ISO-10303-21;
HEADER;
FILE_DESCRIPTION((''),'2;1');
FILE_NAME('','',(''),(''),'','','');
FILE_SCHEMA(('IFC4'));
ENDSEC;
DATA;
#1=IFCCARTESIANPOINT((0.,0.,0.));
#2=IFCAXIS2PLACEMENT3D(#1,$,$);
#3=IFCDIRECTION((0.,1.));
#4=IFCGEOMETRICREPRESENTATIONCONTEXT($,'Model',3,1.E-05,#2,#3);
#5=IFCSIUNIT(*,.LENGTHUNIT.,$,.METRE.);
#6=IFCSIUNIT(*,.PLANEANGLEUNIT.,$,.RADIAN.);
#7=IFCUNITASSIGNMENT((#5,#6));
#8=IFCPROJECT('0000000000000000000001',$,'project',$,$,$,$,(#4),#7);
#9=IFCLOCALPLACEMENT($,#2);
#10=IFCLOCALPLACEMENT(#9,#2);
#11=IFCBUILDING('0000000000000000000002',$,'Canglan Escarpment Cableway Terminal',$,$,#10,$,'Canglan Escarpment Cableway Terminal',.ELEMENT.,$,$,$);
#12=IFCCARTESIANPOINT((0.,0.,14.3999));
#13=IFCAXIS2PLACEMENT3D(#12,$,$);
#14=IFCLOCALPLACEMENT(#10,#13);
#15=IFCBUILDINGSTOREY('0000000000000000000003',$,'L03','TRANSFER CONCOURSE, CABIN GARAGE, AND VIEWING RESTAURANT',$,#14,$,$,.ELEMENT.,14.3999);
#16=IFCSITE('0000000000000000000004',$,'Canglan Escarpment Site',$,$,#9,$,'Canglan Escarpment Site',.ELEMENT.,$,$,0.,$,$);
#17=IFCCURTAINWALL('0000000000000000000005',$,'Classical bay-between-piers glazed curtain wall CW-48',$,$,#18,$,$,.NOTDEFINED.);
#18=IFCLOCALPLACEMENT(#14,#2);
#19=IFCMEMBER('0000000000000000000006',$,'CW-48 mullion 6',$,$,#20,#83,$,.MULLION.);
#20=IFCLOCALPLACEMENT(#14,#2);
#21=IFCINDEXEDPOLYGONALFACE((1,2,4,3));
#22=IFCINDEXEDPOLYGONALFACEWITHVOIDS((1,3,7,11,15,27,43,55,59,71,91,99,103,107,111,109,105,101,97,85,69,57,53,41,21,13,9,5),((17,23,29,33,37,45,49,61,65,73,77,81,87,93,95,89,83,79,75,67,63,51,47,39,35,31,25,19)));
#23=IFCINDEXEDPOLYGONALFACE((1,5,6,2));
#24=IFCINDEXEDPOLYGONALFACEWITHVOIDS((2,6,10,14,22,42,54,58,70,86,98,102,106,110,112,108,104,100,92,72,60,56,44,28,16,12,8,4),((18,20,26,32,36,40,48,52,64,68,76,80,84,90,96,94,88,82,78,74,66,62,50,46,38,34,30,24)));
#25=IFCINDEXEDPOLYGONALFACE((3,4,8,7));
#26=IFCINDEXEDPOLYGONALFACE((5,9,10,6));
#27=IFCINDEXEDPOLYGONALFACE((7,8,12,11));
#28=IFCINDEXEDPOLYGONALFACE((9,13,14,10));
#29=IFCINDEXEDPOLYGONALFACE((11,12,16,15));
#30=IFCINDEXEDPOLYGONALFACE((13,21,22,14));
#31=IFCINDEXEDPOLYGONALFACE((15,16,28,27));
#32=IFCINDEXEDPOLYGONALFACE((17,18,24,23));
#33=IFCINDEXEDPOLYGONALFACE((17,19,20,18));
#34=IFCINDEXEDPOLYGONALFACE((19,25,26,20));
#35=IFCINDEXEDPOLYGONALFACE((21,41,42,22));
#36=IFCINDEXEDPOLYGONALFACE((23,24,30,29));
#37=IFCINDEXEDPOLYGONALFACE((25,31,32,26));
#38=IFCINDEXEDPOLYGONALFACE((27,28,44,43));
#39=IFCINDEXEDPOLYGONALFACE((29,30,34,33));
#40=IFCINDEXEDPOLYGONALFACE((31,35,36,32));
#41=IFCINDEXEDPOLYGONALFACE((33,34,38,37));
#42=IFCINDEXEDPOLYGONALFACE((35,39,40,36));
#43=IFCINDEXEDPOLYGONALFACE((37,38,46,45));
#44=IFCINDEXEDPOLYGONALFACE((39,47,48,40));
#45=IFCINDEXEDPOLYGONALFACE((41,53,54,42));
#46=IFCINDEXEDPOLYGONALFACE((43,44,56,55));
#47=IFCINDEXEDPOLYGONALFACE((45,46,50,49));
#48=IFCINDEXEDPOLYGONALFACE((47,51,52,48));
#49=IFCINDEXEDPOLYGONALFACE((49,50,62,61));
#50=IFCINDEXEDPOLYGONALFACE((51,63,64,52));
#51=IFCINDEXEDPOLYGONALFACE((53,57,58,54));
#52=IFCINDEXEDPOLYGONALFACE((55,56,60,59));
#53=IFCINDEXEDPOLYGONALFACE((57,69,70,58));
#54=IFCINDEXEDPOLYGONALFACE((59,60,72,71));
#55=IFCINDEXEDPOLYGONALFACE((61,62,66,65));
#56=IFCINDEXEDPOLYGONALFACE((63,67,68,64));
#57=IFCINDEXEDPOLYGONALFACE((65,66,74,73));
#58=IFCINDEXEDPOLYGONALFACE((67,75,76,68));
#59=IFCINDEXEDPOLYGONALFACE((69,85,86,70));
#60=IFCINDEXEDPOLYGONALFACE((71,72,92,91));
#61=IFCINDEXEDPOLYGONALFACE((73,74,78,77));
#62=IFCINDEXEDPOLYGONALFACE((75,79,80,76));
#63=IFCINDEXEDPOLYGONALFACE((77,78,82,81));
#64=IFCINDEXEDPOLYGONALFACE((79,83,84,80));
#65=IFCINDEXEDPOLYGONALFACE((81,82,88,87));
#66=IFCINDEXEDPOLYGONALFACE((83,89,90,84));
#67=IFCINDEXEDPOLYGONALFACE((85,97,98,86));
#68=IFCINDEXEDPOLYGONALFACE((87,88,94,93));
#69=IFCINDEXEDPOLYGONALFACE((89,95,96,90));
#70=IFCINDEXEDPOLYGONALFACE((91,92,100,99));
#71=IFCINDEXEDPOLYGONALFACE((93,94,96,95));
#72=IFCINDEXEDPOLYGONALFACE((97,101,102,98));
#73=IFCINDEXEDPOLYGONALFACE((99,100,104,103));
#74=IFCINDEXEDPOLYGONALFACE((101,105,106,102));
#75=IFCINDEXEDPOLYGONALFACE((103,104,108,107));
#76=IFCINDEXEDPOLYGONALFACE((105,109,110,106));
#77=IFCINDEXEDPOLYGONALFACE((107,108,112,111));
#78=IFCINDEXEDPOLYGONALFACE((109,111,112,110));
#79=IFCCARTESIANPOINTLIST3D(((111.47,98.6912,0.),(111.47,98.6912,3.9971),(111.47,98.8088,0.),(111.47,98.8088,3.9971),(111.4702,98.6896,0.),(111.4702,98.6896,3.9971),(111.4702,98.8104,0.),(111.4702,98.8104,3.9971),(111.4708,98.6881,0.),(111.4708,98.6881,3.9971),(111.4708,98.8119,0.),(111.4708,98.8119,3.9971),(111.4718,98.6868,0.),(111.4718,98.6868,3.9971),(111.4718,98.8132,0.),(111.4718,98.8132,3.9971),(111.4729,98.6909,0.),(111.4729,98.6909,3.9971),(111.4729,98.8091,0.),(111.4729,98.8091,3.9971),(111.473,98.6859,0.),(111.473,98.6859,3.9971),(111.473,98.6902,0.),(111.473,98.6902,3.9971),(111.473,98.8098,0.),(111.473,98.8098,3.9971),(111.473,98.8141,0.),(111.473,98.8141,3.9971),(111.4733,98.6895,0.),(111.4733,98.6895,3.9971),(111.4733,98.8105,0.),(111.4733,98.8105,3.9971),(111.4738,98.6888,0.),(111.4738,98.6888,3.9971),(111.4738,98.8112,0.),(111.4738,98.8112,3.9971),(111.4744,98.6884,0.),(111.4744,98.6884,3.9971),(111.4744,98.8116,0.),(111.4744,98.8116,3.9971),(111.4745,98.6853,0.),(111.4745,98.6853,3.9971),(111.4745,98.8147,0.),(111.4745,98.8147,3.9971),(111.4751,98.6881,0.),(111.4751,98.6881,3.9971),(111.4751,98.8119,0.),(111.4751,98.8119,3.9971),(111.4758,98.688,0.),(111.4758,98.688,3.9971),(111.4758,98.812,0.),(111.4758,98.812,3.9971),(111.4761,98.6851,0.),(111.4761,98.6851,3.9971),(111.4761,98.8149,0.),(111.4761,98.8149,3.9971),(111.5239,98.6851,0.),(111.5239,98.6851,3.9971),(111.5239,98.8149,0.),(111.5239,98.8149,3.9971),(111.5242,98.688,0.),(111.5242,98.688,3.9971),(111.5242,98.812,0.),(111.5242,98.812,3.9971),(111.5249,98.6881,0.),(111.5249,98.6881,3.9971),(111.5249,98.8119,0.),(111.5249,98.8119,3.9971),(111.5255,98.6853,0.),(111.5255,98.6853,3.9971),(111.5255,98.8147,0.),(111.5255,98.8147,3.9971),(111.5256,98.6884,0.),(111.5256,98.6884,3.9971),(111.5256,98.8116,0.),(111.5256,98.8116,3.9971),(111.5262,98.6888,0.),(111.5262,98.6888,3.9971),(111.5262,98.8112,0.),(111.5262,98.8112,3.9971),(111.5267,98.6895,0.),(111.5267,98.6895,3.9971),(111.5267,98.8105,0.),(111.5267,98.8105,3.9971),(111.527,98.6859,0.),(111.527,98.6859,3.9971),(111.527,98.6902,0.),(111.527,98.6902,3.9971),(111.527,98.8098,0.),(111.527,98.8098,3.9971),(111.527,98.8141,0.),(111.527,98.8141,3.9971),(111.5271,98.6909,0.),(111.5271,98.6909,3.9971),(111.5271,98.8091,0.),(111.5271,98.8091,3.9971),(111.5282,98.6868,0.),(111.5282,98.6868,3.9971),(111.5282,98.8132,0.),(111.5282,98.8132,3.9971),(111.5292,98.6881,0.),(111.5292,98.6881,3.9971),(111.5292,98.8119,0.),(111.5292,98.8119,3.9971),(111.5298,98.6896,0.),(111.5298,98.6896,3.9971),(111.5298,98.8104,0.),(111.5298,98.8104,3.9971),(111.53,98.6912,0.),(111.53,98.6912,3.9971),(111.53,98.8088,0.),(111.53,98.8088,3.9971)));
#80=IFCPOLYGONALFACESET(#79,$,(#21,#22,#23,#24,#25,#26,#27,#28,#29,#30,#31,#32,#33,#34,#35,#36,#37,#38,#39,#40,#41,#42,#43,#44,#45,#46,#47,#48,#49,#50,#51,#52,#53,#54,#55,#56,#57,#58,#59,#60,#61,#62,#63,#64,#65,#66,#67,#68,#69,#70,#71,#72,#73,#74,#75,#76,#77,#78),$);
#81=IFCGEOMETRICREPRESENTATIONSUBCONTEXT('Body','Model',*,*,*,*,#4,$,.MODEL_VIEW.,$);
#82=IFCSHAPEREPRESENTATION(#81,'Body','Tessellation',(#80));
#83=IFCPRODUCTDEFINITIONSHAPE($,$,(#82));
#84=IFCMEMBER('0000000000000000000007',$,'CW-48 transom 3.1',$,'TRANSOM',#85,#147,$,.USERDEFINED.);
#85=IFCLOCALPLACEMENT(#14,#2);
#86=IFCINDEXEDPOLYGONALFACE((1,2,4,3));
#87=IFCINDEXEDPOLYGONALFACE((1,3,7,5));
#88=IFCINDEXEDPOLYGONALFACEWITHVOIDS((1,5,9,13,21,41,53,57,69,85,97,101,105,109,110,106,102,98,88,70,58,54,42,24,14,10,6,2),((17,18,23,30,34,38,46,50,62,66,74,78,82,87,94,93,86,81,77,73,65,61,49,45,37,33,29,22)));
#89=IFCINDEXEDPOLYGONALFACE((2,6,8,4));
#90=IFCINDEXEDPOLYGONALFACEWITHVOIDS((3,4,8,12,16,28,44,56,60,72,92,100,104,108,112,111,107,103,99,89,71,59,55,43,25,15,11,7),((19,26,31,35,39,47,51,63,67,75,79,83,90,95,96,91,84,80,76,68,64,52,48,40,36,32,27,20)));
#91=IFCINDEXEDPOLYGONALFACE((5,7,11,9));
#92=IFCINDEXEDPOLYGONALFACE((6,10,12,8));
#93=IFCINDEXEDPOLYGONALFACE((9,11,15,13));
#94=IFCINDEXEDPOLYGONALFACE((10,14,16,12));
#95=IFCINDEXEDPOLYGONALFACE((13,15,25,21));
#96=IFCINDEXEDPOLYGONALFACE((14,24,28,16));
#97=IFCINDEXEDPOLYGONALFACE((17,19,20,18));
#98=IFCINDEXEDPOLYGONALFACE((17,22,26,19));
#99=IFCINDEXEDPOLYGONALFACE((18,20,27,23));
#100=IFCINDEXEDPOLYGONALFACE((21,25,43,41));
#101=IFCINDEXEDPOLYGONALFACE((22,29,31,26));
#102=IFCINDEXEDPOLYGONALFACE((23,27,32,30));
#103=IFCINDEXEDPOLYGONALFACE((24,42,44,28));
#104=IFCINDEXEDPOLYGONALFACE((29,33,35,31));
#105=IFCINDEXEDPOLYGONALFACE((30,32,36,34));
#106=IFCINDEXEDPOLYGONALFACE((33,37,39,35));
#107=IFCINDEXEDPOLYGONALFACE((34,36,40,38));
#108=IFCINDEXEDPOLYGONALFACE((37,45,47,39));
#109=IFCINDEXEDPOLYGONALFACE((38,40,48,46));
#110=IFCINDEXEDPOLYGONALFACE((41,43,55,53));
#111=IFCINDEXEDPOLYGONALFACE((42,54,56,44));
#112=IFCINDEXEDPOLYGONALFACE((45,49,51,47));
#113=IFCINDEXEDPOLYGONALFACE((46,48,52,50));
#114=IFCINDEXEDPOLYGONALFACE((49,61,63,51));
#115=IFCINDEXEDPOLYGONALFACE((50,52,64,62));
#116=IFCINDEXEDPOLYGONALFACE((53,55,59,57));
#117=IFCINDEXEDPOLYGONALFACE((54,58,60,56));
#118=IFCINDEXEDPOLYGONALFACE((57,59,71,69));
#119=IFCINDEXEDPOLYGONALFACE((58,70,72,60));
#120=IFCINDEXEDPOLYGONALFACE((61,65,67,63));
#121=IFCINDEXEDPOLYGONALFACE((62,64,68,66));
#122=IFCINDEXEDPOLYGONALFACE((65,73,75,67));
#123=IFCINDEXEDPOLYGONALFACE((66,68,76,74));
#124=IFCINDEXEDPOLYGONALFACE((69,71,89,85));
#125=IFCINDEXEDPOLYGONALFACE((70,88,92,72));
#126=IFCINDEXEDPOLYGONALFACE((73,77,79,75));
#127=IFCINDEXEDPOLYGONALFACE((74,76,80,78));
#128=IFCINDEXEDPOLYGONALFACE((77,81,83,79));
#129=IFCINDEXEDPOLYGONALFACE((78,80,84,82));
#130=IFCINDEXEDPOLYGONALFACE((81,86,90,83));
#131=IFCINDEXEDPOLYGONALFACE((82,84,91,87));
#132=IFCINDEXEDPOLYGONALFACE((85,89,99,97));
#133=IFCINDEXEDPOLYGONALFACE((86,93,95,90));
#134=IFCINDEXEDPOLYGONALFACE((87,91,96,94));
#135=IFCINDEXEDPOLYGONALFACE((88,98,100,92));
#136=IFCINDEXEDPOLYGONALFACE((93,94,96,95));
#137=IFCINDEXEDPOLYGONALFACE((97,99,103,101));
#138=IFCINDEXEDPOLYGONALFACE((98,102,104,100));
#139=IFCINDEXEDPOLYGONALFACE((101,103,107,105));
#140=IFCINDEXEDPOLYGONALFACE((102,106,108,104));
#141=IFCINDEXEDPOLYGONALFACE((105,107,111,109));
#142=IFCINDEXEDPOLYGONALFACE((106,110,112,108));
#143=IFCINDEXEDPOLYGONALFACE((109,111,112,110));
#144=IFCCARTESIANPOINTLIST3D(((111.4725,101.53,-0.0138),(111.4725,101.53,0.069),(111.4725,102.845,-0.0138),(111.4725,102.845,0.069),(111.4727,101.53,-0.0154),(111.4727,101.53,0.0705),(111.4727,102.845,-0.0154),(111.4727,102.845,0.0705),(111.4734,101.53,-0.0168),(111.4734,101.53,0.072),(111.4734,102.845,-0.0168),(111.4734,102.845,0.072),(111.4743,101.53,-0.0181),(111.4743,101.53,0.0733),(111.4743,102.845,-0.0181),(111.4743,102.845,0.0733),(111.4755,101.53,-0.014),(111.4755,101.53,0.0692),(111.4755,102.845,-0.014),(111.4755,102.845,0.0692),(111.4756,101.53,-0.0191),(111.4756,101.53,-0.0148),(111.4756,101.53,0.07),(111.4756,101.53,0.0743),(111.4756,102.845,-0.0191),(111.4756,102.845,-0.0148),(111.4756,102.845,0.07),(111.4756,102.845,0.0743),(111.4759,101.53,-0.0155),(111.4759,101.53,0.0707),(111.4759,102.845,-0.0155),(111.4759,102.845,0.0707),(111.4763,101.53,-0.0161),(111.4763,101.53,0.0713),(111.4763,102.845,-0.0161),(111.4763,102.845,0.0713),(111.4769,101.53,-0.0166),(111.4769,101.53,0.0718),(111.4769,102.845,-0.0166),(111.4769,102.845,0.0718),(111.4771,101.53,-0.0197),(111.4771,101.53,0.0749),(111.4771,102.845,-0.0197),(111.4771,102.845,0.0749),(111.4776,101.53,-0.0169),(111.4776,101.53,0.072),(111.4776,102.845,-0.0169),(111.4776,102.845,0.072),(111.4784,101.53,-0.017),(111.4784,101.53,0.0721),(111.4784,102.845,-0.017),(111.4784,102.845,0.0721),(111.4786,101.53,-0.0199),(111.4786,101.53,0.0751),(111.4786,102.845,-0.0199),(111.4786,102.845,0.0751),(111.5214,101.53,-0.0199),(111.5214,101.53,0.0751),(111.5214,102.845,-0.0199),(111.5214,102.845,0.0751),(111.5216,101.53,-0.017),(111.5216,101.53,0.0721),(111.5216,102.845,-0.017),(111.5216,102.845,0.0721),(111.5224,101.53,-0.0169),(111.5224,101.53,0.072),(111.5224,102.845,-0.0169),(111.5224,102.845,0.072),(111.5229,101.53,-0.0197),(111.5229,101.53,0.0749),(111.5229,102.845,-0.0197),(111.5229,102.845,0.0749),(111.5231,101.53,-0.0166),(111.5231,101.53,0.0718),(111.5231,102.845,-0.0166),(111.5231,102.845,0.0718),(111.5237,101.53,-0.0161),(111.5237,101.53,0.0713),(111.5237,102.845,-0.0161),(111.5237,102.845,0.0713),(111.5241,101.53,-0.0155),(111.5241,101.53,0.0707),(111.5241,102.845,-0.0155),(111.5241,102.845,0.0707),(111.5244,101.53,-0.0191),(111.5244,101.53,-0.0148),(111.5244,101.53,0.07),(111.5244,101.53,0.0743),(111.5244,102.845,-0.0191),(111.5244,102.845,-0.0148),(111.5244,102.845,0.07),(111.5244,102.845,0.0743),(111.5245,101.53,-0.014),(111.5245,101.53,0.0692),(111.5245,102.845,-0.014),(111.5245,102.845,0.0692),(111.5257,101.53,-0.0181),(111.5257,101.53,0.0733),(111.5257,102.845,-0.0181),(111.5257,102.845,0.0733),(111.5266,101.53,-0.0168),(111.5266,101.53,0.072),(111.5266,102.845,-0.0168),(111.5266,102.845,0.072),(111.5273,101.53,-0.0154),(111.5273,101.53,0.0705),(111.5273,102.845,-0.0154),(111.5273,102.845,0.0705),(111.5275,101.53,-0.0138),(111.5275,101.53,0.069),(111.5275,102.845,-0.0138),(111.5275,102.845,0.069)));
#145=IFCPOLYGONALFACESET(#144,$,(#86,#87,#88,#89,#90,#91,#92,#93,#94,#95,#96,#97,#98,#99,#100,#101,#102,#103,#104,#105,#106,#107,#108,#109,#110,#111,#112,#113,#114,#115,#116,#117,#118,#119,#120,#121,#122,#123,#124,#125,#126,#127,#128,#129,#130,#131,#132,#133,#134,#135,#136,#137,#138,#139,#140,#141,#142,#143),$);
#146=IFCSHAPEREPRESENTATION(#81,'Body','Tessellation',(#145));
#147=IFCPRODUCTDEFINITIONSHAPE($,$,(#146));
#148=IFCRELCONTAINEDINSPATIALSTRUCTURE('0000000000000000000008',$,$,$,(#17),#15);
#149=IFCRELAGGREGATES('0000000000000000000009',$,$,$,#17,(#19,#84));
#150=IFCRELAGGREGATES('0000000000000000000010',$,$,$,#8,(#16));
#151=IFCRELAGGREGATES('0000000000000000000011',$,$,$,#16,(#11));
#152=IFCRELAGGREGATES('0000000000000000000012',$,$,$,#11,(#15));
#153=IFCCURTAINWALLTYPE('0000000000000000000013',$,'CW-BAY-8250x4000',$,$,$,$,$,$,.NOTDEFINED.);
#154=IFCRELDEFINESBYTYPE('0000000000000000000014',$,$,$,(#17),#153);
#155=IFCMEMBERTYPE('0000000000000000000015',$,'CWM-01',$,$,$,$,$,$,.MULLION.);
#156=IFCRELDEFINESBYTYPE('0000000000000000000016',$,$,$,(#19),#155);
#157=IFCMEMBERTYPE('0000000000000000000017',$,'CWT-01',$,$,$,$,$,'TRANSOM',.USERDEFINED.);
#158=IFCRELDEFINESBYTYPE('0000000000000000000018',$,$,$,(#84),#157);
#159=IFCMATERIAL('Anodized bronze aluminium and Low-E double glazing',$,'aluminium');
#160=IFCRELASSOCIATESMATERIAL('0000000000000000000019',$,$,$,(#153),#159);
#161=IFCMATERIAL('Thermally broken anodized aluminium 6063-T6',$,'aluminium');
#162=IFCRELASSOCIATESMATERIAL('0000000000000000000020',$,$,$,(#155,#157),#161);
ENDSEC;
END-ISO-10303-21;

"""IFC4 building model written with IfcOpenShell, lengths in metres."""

from ifc_helpers import new_model, si_unit, direction, frame, origin, origin_2d, place, context, subcontext, project, spatial, hollow_rectangle, extrude, material, material_profile, profile_set, type_object, element, aggregate, save


model = new_model("IFC4")

# Units and contexts
model_context = context("Model", 3, precision=1e-05, world=origin(), true_north=direction((0.0, 1.0)))
body_context = subcontext(model_context, "Body", "Model", "MODEL_VIEW")
ifc_project = project(units=[si_unit("LENGTHUNIT", "METRE"), si_unit("PLANEANGLEUNIT", "RADIAN")], contexts=[model_context])

# Site, building, storey
site_placement = place(None, origin())
site = spatial("IfcSite", under=ifc_project, at=site_placement, Name="Canglan Escarpment Site", LongName="Canglan Escarpment Site", CompositionType="ELEMENT", RefElevation=0.0)
building_placement = place(site_placement, origin())
building = spatial("IfcBuilding", under=site, at=building_placement, Name="Canglan Escarpment Cableway Terminal", LongName="Canglan Escarpment Cableway Terminal", CompositionType="ELEMENT")
storey_placement = place(building_placement, frame((0.0, 0.0, 14.3999)))
storey = spatial("IfcBuildingStorey", under=building, at=storey_placement, Name="L03", Description="TRANSFER CONCOURSE, CABIN GARAGE, AND VIEWING RESTAURANT", CompositionType="ELEMENT", Elevation=14.3999)

# Curtain wall, members
ifc_material_1 = material(Name="Anodized bronze aluminium and Low-E double glazing", Category="aluminium")
curtain_wall_type = type_object("IfcCurtainWallType", Name="CW-BAY-8250x4000", PredefinedType="NOTDEFINED", material=ifc_material_1)
curtain_wall_placement = place(storey_placement, origin())
curtain_wall = element("IfcCurtainWall", 1, at=curtain_wall_placement, inside=storey, type_object=curtain_wall_type, Name="Classical bay-between-piers glazed curtain wall CW-48", PredefinedType="NOTDEFINED")
ifc_material_2 = material(Name="Thermally broken anodized aluminium 6063-T6", Category="aluminium")
ifc_material_profile_1 = material_profile(ifc_material_2, hollow_rectangle(XDim=0.0601, YDim=0.1299, WallThickness=0.0029, InnerFilletRadius=0.0029, OuterFilletRadius=0.0061, at=origin_2d()), Name="ALU-MULL 60x130x3")
ifc_profile_set_1 = profile_set([ifc_material_profile_1], Name="Thermally broken anodized aluminium 6063-T6")
member_type_1 = type_object("IfcMemberType", Name="CWM-01", PredefinedType="MULLION", material=ifc_profile_set_1)
member_1_placement = place(storey_placement, frame((111.5, 98.75, 0.0), z_axis=(0.0, 0.0, 1.0), x_axis=(1.0, 0.0, 0.0)))
member_1 = element("IfcMember", 2, at=member_1_placement, type_object=member_type_1, Name="CW-48 mullion 6", PredefinedType="MULLION", context=body_context, shape_type="SweptSolid", body=[
    extrude(hollow_rectangle(XDim=0.0601, YDim=0.1299, WallThickness=0.0029, InnerFilletRadius=0.0029, OuterFilletRadius=0.0061, at=origin_2d()), origin(), (0.0, 0.0, 1.0), 3.9971),
])
ifc_material_profile_2 = material_profile(ifc_material_2, hollow_rectangle(XDim=0.0549, YDim=0.095, WallThickness=0.0029, InnerFilletRadius=0.0029, OuterFilletRadius=0.0061, at=origin_2d()), Name="ALU-TRAN 55x95x3")
ifc_profile_set_2 = profile_set([ifc_material_profile_2], Name="Thermally broken anodized aluminium 6063-T6")
member_type_2 = type_object("IfcMemberType", Name="CWT-01", ElementType="TRANSOM", PredefinedType="USERDEFINED", material=ifc_profile_set_2)
member_2_placement = place(storey_placement, frame((111.5, 102.845, 0.0276), z_axis=(0.0, -1.0, 0.0), x_axis=(1.0, 0.0, 0.0)))
member_2 = element("IfcMember", 3, at=member_2_placement, type_object=member_type_2, Name="CW-48 transom 3.1", ObjectType="TRANSOM", PredefinedType="USERDEFINED", context=body_context, shape_type="SweptSolid", body=[
    extrude(hollow_rectangle(XDim=0.0549, YDim=0.095, WallThickness=0.0029, InnerFilletRadius=0.0029, OuterFilletRadius=0.0061, at=origin_2d()), origin(), (0.0, 0.0, 1.0), 1.3149),
])
aggregate(curtain_wall, [member_1, member_2])

save(model, "model.ifc")
